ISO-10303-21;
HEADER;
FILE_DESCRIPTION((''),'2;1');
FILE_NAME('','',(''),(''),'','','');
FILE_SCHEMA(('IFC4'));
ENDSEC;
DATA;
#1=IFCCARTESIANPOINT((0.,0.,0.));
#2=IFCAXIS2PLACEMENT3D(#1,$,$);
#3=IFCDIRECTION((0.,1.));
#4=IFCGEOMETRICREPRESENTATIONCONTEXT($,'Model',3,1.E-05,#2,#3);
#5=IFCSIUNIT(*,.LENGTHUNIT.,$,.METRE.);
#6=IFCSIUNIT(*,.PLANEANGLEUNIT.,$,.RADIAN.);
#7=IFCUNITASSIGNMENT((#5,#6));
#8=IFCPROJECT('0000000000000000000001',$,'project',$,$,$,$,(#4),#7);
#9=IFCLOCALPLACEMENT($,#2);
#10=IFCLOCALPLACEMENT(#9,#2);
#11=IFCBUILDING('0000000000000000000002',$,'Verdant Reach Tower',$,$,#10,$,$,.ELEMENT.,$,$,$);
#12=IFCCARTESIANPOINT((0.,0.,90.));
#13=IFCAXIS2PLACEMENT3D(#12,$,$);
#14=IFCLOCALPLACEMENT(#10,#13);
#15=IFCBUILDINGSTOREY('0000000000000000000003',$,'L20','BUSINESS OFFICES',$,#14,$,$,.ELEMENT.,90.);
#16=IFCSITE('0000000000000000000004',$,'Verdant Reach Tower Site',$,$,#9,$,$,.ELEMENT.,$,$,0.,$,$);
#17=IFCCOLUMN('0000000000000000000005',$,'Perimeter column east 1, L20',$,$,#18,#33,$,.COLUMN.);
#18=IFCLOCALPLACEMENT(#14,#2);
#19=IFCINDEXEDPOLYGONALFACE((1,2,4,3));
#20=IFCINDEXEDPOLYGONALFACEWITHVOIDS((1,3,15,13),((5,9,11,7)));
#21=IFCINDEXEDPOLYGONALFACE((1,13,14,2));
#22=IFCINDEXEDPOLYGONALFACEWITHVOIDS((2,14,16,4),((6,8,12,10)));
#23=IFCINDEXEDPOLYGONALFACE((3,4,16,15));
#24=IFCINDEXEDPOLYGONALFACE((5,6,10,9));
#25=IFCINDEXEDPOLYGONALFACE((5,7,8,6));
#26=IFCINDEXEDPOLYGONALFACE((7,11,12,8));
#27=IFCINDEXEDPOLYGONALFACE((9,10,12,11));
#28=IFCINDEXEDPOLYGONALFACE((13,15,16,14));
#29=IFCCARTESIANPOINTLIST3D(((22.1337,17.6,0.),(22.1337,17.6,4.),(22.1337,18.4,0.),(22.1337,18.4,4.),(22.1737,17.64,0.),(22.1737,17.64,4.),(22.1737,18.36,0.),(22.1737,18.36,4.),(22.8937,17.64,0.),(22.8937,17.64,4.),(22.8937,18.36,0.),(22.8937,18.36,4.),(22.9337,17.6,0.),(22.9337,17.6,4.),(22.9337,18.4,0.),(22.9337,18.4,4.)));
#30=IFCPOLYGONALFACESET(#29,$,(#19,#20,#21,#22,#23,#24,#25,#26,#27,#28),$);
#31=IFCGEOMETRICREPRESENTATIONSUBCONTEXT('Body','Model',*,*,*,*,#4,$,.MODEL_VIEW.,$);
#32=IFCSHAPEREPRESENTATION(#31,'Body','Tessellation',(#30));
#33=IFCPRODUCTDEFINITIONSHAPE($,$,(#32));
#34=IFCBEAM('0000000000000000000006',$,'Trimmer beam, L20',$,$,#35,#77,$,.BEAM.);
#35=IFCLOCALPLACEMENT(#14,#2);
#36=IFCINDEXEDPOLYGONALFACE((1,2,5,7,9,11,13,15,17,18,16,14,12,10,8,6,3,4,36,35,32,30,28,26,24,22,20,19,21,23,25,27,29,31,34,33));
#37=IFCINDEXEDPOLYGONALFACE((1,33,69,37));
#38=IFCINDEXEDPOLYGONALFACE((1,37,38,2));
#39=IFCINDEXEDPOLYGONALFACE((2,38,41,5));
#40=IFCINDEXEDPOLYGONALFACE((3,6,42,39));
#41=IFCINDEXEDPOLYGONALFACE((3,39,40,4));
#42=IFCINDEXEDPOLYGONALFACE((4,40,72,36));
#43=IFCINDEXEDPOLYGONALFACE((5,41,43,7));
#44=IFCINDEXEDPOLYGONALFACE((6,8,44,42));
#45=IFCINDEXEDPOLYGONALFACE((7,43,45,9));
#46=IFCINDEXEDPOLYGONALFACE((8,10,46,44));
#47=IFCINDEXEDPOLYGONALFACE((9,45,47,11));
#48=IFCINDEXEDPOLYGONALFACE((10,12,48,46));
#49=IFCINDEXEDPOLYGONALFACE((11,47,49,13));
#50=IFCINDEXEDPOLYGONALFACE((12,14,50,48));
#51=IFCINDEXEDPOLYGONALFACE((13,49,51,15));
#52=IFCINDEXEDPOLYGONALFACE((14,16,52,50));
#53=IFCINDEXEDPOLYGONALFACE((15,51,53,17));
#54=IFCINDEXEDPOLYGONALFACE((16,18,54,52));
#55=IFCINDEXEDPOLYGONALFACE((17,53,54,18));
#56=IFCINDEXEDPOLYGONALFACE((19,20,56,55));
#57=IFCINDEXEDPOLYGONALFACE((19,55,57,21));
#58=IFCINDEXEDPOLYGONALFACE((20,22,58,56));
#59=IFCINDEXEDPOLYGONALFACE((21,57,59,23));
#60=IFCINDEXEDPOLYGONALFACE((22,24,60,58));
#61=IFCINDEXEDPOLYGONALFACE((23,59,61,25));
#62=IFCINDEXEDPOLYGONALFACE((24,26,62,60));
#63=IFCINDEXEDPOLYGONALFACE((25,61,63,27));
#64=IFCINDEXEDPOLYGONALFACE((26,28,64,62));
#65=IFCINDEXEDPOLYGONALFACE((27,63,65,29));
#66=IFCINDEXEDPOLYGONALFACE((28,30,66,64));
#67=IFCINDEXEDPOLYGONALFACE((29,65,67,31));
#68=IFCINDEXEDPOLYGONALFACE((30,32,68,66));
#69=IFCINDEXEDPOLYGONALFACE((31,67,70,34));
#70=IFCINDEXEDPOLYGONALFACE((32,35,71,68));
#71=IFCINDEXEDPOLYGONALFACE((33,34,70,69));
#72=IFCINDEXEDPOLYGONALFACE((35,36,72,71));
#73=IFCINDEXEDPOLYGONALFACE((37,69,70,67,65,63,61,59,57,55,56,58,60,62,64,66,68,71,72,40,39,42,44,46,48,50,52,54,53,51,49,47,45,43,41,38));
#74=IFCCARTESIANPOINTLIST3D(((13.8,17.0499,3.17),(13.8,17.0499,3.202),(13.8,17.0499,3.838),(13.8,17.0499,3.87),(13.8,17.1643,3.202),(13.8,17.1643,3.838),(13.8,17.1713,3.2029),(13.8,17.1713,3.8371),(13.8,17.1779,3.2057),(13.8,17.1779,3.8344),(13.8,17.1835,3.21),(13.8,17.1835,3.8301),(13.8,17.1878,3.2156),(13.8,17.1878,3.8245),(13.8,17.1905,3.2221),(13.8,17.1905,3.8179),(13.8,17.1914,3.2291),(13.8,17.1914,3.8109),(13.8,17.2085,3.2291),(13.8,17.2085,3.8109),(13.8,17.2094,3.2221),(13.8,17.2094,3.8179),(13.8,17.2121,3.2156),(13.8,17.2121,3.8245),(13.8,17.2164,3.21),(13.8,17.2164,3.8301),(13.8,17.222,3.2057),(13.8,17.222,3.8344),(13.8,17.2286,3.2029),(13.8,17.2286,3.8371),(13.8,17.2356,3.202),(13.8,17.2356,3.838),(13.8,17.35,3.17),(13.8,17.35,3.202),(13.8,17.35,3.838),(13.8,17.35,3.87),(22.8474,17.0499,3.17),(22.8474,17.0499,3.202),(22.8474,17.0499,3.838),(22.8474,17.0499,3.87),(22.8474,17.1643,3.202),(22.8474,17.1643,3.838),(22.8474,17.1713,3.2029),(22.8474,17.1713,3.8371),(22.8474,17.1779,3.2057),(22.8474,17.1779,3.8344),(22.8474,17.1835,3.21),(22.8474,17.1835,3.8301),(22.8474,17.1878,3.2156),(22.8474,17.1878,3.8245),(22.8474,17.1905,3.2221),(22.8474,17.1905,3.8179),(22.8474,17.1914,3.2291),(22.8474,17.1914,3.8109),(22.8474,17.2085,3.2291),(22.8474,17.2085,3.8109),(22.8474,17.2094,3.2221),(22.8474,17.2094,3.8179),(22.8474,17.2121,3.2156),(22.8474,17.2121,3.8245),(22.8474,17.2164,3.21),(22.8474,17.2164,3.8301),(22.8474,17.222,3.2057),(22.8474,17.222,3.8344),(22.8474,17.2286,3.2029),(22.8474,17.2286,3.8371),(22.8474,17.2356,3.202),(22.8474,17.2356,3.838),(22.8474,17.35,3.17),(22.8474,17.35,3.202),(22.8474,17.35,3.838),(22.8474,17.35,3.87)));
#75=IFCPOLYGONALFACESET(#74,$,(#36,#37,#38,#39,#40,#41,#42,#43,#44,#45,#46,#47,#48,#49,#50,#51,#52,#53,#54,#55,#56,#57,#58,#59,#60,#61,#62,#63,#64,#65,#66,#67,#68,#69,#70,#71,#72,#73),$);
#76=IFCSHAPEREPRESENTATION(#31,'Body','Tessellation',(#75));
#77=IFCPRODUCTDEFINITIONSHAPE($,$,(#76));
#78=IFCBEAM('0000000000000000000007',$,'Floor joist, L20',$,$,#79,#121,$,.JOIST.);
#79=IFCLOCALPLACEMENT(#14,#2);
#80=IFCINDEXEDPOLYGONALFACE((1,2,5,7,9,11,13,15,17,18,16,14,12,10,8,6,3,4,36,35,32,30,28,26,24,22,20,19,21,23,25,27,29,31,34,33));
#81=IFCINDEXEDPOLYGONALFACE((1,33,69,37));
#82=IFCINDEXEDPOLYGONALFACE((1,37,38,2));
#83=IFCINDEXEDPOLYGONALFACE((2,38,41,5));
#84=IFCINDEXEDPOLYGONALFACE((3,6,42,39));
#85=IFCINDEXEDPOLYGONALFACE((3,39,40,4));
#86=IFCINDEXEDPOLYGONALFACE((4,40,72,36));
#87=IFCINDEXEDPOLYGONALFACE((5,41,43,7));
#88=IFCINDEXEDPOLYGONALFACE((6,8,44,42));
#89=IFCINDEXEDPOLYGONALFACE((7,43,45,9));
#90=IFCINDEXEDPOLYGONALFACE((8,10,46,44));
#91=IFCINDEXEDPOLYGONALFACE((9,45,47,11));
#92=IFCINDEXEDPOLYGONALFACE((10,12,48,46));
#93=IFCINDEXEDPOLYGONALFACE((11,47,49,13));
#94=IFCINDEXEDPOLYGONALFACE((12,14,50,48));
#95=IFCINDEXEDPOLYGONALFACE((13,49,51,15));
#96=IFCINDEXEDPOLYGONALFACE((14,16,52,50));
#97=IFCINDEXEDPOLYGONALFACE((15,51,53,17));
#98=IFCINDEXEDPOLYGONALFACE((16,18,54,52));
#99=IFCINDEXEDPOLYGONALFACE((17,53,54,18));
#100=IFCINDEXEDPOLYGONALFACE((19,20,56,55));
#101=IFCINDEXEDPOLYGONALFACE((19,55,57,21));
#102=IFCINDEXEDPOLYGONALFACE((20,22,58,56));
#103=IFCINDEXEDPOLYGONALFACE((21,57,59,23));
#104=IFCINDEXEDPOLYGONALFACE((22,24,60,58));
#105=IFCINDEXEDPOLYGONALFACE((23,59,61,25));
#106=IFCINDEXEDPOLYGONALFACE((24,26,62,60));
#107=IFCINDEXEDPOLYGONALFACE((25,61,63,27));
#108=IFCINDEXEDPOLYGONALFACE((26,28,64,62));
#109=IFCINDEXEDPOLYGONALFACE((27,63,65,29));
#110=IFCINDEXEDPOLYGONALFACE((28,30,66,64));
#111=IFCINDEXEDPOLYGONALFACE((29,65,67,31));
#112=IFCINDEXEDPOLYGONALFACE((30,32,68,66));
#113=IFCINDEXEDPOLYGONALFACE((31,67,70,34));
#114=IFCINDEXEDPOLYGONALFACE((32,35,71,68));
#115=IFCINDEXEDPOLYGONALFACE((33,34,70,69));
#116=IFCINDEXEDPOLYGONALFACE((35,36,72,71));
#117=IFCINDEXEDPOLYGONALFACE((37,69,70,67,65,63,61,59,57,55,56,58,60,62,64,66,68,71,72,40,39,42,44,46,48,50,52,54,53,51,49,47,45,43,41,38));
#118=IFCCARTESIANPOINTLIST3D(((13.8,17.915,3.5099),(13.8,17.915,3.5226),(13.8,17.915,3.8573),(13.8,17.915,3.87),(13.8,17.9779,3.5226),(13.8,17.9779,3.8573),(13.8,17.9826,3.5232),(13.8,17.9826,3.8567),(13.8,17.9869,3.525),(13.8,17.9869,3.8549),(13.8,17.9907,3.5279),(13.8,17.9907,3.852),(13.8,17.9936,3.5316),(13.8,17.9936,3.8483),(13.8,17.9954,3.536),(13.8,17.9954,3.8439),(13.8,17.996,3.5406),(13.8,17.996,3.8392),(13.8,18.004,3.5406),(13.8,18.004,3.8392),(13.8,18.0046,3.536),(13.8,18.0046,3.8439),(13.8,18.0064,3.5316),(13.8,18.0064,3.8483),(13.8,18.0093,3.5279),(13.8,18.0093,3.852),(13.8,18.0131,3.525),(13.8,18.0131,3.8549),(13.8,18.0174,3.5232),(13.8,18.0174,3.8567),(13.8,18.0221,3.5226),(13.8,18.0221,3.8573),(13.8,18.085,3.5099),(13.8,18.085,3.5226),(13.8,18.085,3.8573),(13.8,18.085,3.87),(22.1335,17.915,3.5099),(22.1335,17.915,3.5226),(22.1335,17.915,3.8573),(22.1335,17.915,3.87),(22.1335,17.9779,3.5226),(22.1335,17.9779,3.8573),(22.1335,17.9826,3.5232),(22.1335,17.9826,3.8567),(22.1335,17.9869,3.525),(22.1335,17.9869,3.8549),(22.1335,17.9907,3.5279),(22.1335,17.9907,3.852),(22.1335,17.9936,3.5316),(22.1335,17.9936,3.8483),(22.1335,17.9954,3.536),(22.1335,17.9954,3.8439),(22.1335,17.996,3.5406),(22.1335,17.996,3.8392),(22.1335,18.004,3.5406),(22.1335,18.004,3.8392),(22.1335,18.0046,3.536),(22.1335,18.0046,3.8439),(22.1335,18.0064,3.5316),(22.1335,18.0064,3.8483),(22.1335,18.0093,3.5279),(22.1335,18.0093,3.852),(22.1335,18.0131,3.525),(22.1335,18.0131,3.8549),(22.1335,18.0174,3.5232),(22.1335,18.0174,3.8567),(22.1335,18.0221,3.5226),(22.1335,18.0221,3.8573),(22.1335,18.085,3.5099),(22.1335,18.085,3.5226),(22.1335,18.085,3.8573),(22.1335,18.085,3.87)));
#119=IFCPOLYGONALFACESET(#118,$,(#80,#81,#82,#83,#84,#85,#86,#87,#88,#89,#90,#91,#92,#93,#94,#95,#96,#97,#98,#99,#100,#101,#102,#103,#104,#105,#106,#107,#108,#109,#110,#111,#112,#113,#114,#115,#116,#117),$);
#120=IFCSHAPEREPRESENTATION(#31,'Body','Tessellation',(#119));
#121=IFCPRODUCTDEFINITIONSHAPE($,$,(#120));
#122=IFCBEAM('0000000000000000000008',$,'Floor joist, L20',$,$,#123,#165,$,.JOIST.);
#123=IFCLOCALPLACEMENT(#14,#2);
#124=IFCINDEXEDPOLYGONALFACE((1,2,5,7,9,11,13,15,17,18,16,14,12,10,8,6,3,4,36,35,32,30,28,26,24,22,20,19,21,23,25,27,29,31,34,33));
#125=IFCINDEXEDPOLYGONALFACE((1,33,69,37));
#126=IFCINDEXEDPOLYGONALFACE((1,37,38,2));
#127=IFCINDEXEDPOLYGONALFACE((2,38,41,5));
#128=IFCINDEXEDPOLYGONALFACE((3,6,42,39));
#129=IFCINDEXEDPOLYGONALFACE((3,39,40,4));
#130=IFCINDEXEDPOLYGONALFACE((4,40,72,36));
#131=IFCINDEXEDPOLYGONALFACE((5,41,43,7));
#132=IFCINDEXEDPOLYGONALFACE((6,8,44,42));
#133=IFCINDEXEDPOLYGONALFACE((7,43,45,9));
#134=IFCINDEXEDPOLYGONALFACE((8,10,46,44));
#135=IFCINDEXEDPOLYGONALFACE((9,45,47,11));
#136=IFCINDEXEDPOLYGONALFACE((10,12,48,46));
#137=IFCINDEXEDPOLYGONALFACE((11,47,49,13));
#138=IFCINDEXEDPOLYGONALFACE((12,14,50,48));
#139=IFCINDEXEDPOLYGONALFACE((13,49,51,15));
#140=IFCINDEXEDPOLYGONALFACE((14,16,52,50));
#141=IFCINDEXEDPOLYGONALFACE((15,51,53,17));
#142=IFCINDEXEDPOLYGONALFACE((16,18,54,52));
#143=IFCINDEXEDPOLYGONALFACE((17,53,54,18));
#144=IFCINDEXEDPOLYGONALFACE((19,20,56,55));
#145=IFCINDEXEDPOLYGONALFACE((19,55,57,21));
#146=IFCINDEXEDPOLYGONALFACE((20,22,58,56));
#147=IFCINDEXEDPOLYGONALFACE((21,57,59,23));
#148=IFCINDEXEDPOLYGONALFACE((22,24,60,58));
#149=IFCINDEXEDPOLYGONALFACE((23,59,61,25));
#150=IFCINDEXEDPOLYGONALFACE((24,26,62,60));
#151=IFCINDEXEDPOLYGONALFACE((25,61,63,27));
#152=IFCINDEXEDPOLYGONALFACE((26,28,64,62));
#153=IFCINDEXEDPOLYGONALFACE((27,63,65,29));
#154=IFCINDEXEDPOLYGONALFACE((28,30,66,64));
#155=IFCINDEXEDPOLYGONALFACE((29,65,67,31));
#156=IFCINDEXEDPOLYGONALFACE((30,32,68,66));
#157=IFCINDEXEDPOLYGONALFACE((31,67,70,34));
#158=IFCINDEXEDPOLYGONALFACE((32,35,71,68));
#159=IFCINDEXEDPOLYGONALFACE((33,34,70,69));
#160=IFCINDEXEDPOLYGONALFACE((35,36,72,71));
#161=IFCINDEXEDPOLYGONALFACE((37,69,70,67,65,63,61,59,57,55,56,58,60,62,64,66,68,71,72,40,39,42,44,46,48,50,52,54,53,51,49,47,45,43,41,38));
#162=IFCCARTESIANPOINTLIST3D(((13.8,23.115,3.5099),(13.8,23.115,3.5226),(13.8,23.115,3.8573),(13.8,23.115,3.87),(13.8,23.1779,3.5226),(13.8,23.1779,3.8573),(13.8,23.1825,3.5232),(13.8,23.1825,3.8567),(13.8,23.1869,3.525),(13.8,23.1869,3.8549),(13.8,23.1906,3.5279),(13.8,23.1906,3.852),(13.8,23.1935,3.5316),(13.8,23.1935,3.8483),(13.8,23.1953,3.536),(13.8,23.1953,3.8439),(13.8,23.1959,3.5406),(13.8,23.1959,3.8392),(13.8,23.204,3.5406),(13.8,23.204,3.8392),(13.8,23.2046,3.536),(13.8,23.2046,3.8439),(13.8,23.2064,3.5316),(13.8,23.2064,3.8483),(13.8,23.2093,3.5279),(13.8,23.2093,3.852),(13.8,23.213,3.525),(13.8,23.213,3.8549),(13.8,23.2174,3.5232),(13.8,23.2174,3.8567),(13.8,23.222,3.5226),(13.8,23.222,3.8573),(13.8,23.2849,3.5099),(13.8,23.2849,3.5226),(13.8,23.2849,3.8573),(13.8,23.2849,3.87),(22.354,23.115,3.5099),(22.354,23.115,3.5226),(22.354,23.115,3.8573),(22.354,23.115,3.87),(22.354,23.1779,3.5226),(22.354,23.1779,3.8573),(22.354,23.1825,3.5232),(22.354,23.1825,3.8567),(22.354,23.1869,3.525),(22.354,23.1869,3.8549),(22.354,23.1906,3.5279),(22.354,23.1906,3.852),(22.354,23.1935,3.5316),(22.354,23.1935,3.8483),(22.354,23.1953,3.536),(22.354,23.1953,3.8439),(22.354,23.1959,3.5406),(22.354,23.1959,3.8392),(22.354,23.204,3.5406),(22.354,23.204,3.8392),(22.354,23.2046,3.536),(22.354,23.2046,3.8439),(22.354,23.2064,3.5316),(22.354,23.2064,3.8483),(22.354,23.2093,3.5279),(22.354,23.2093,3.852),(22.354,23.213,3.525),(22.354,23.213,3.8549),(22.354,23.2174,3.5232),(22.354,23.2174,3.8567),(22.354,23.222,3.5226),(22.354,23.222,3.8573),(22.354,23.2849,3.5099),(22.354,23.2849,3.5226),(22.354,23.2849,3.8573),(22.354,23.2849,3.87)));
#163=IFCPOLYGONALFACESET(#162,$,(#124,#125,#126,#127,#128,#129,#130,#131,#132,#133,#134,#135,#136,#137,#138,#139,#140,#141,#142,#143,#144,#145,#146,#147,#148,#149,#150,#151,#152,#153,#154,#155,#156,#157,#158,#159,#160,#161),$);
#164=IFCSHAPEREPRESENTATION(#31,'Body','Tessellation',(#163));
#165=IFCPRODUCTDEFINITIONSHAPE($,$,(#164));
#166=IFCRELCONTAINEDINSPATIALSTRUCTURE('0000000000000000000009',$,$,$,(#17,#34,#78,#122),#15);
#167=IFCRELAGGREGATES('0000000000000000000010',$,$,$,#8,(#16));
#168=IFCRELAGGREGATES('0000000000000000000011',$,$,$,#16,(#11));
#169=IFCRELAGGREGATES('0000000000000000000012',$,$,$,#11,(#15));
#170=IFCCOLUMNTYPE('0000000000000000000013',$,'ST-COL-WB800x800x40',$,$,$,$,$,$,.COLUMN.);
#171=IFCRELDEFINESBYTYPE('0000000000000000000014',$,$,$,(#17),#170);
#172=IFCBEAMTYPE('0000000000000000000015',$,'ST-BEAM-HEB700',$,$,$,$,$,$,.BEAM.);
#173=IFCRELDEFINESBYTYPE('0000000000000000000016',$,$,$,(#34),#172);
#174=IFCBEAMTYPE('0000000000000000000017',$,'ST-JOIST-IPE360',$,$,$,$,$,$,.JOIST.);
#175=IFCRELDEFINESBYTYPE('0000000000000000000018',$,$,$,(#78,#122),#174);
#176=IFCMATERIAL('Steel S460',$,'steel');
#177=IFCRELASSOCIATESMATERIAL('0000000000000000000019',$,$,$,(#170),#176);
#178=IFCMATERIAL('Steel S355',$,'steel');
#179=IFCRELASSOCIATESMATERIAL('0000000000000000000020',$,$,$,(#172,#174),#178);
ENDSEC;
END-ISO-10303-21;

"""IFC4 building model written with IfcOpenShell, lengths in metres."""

from ifc_helpers import new_model, si_unit, direction, frame, origin, origin_2d, place, context, subcontext, project, spatial, hollow_rectangle, i_section, extrude, material, material_profile, profile_set, type_object, element, save


model = new_model("IFC4")

# Units and contexts
model_context = context("Model", 3, precision=1e-05, world=origin(), true_north=direction((0.0, 1.0)))
body_context = subcontext(model_context, "Body", "Model", "MODEL_VIEW")
ifc_project = project(units=[si_unit("LENGTHUNIT", "METRE"), si_unit("PLANEANGLEUNIT", "RADIAN")], contexts=[model_context])

# Site, building, storey
site_placement = place(None, origin())
site = spatial("IfcSite", under=ifc_project, at=site_placement, Name="Verdant Reach Tower Site", CompositionType="ELEMENT", RefElevation=0.0)
building_placement = place(site_placement, origin())
building = spatial("IfcBuilding", under=site, at=building_placement, Name="Verdant Reach Tower", CompositionType="ELEMENT")
storey_placement = place(building_placement, frame((0.0, 0.0, 90.0)))
storey = spatial("IfcBuildingStorey", under=building, at=storey_placement, Name="L20", Description="BUSINESS OFFICES", CompositionType="ELEMENT", Elevation=90.0)

# Column
ifc_material_1 = material(Name="Steel S460", Category="steel")
ifc_material_profile_1 = material_profile(ifc_material_1, hollow_rectangle(XDim=0.8, YDim=0.8, WallThickness=0.04, at=origin_2d()), Name="WB 800x800x40")
ifc_profile_set_1 = profile_set([ifc_material_profile_1], Name="Steel S460")
column_type = type_object("IfcColumnType", Name="ST-COL-WB800x800x40", PredefinedType="COLUMN", material=ifc_profile_set_1)
column_placement = place(storey_placement, frame((22.5337, 18.0, 0.0), z_axis=(0.0, 0.0, 1.0), x_axis=(1.0, 0.0, 0.0)))
element("IfcColumn", 1, at=column_placement, inside=storey, type_object=column_type, Name="Perimeter column east 1, L20", PredefinedType="COLUMN", context=body_context, shape_type="SweptSolid", body=[
    extrude(hollow_rectangle(XDim=0.8, YDim=0.8, WallThickness=0.04, at=origin_2d()), origin(), (0.0, 0.0, 1.0), 4.0),
])

# Beams
ifc_material_2 = material(Name="Steel S355", Category="steel")
ifc_material_profile_2 = material_profile(ifc_material_2, i_section(OverallWidth=0.3, OverallDepth=0.7, WebThickness=0.0171, FlangeThickness=0.032, FilletRadius=0.0271, at=origin_2d()), Name="HEB 700")
ifc_profile_set_2 = profile_set([ifc_material_profile_2], Name="Steel S355")
beam_type_1 = type_object("IfcBeamType", Name="ST-BEAM-HEB700", PredefinedType="BEAM", material=ifc_profile_set_2)
beam_1_placement = place(storey_placement, frame((13.8, 17.2, 3.52), z_axis=(1.0, 0.0, 0.0), x_axis=(0.0, 1.0, 0.0)))
element("IfcBeam", 2, at=beam_1_placement, inside=storey, type_object=beam_type_1, Name="Trimmer beam, L20", PredefinedType="BEAM", context=body_context, shape_type="SweptSolid", body=[
    extrude(i_section(OverallWidth=0.3, OverallDepth=0.7, WebThickness=0.0171, FlangeThickness=0.032, FilletRadius=0.0271, at=origin_2d()), origin(), (0.0, 0.0, 1.0), 9.0474),
])
ifc_material_profile_3 = material_profile(ifc_material_2, i_section(OverallWidth=0.1699, OverallDepth=0.3601, WebThickness=0.0081, FlangeThickness=0.0127, FilletRadius=0.0181, at=origin_2d()), Name="IPE 360")
ifc_profile_set_3 = profile_set([ifc_material_profile_3], Name="Steel S355")
beam_type_2 = type_object("IfcBeamType", Name="ST-JOIST-IPE360", PredefinedType="JOIST", material=ifc_profile_set_3)
beam_2_placement = place(storey_placement, frame((13.8, 18.0, 3.6899), z_axis=(1.0, 0.0, 0.0), x_axis=(0.0, 1.0, 0.0)))
element("IfcBeam", 3, at=beam_2_placement, inside=storey, type_object=beam_type_2, Name="Floor joist, L20", PredefinedType="JOIST", context=body_context, shape_type="SweptSolid", body=[
    extrude(i_section(OverallWidth=0.1699, OverallDepth=0.3601, WebThickness=0.0081, FlangeThickness=0.0127, FilletRadius=0.0181, at=origin_2d()), origin(), (0.0, 0.0, 1.0), 8.3335),
])
beam_3_placement = place(storey_placement, frame((13.8, 23.2, 3.6899), z_axis=(1.0, 0.0, 0.0), x_axis=(0.0, 1.0, 0.0)))
element("IfcBeam", 4, at=beam_3_placement, inside=storey, type_object=beam_type_2, Name="Floor joist, L20", PredefinedType="JOIST", context=body_context, shape_type="SweptSolid", body=[
    extrude(i_section(OverallWidth=0.1699, OverallDepth=0.3601, WebThickness=0.0081, FlangeThickness=0.0127, FilletRadius=0.0181, at=origin_2d()), origin(), (0.0, 0.0, 1.0), 8.554),
])

save(model, "model.ifc")
